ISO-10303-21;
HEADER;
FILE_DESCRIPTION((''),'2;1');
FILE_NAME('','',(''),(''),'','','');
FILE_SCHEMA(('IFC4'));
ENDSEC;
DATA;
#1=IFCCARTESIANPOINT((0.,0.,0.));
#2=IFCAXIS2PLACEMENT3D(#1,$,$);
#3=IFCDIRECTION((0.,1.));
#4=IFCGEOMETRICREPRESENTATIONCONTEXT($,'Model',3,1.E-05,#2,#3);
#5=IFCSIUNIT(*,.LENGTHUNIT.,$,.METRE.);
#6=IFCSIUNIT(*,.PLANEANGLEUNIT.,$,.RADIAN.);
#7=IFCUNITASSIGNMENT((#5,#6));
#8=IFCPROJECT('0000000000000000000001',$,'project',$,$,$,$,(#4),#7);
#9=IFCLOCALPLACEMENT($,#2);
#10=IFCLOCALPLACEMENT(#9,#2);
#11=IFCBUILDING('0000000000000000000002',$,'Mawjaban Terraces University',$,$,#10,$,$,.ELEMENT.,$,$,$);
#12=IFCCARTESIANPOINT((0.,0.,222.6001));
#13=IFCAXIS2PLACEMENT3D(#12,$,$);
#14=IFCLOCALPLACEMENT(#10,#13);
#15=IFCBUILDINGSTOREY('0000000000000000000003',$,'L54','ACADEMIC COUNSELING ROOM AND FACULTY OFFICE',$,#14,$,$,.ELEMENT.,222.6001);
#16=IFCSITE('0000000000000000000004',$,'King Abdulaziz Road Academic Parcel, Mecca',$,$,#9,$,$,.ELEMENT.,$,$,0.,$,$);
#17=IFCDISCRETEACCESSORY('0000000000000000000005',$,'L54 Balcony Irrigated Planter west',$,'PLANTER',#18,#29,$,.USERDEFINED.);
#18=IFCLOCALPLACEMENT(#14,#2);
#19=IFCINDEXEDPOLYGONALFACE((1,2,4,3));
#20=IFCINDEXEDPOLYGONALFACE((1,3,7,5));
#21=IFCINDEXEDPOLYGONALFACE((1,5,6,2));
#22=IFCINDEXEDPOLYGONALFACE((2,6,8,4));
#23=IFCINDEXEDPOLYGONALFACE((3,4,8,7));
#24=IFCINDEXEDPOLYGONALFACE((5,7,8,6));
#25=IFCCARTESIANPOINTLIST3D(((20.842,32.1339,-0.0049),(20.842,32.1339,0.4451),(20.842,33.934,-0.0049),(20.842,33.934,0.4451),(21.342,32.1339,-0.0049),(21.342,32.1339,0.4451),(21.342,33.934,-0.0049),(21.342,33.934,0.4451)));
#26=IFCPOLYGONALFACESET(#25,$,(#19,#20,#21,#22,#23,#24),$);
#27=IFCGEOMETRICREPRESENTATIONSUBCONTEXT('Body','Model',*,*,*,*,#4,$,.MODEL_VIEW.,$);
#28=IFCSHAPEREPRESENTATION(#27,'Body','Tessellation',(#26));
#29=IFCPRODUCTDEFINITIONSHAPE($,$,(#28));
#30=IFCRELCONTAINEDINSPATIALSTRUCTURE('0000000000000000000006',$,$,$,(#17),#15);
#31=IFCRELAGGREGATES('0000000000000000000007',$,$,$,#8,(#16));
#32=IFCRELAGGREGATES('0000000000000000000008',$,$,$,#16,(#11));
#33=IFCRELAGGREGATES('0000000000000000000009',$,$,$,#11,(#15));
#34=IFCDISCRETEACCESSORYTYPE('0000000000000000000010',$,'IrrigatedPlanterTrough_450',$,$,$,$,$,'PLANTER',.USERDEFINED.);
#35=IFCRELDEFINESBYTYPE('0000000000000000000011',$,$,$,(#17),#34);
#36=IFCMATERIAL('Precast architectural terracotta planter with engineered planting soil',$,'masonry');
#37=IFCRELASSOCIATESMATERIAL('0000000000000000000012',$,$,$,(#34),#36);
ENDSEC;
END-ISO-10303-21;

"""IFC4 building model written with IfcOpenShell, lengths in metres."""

from ifc_helpers import new_model, si_unit, direction, frame, origin, origin_2d, place, context, subcontext, project, spatial, rectangle, extrude, material, type_object, element, save


model = new_model("IFC4")

# Units and contexts
model_context = context("Model", 3, precision=1e-05, world=origin(), true_north=direction((0.0, 1.0)))
body_context = subcontext(model_context, "Body", "Model", "MODEL_VIEW")
ifc_project = project(units=[si_unit("LENGTHUNIT", "METRE"), si_unit("PLANEANGLEUNIT", "RADIAN")], contexts=[model_context])

# Site, building, storey
site_placement = place(None, origin())
site = spatial("IfcSite", under=ifc_project, at=site_placement, Name="King Abdulaziz Road Academic Parcel, Mecca", CompositionType="ELEMENT", RefElevation=0.0)
building_placement = place(site_placement, origin())
building = spatial("IfcBuilding", under=site, at=building_placement, Name="Mawjaban Terraces University", CompositionType="ELEMENT")
storey_placement = place(building_placement, frame((0.0, 0.0, 222.6001)))
storey = spatial("IfcBuildingStorey", under=building, at=storey_placement, Name="L54", Description="ACADEMIC COUNSELING ROOM AND FACULTY OFFICE", CompositionType="ELEMENT", Elevation=222.6001)

# Discrete accessory
ifc_material_1 = material(Name="Precast architectural terracotta planter with engineered planting soil", Category="masonry")
discrete_accessory_type_1 = type_object("IfcDiscreteAccessoryType", Name="IrrigatedPlanterTrough_450", ElementType="PLANTER", PredefinedType="USERDEFINED", material=ifc_material_1)
discrete_accessory_1_placement = place(storey_placement, frame((21.092, 33.0339, -0.0049), z_axis=(0.0, 0.0, 1.0), x_axis=(0.0, 1.0, 0.0)))
element("IfcDiscreteAccessory", 1, at=discrete_accessory_1_placement, inside=storey, type_object=discrete_accessory_type_1, Name="L54 Balcony Irrigated Planter west", ObjectType="PLANTER", PredefinedType="USERDEFINED", context=body_context, shape_type="SweptSolid", body=[
    extrude(rectangle(XDim=1.8, YDim=0.5, at=origin_2d()), origin(), (0.0, 0.0, 1.0), 0.45),
])

save(model, "model.ifc")
